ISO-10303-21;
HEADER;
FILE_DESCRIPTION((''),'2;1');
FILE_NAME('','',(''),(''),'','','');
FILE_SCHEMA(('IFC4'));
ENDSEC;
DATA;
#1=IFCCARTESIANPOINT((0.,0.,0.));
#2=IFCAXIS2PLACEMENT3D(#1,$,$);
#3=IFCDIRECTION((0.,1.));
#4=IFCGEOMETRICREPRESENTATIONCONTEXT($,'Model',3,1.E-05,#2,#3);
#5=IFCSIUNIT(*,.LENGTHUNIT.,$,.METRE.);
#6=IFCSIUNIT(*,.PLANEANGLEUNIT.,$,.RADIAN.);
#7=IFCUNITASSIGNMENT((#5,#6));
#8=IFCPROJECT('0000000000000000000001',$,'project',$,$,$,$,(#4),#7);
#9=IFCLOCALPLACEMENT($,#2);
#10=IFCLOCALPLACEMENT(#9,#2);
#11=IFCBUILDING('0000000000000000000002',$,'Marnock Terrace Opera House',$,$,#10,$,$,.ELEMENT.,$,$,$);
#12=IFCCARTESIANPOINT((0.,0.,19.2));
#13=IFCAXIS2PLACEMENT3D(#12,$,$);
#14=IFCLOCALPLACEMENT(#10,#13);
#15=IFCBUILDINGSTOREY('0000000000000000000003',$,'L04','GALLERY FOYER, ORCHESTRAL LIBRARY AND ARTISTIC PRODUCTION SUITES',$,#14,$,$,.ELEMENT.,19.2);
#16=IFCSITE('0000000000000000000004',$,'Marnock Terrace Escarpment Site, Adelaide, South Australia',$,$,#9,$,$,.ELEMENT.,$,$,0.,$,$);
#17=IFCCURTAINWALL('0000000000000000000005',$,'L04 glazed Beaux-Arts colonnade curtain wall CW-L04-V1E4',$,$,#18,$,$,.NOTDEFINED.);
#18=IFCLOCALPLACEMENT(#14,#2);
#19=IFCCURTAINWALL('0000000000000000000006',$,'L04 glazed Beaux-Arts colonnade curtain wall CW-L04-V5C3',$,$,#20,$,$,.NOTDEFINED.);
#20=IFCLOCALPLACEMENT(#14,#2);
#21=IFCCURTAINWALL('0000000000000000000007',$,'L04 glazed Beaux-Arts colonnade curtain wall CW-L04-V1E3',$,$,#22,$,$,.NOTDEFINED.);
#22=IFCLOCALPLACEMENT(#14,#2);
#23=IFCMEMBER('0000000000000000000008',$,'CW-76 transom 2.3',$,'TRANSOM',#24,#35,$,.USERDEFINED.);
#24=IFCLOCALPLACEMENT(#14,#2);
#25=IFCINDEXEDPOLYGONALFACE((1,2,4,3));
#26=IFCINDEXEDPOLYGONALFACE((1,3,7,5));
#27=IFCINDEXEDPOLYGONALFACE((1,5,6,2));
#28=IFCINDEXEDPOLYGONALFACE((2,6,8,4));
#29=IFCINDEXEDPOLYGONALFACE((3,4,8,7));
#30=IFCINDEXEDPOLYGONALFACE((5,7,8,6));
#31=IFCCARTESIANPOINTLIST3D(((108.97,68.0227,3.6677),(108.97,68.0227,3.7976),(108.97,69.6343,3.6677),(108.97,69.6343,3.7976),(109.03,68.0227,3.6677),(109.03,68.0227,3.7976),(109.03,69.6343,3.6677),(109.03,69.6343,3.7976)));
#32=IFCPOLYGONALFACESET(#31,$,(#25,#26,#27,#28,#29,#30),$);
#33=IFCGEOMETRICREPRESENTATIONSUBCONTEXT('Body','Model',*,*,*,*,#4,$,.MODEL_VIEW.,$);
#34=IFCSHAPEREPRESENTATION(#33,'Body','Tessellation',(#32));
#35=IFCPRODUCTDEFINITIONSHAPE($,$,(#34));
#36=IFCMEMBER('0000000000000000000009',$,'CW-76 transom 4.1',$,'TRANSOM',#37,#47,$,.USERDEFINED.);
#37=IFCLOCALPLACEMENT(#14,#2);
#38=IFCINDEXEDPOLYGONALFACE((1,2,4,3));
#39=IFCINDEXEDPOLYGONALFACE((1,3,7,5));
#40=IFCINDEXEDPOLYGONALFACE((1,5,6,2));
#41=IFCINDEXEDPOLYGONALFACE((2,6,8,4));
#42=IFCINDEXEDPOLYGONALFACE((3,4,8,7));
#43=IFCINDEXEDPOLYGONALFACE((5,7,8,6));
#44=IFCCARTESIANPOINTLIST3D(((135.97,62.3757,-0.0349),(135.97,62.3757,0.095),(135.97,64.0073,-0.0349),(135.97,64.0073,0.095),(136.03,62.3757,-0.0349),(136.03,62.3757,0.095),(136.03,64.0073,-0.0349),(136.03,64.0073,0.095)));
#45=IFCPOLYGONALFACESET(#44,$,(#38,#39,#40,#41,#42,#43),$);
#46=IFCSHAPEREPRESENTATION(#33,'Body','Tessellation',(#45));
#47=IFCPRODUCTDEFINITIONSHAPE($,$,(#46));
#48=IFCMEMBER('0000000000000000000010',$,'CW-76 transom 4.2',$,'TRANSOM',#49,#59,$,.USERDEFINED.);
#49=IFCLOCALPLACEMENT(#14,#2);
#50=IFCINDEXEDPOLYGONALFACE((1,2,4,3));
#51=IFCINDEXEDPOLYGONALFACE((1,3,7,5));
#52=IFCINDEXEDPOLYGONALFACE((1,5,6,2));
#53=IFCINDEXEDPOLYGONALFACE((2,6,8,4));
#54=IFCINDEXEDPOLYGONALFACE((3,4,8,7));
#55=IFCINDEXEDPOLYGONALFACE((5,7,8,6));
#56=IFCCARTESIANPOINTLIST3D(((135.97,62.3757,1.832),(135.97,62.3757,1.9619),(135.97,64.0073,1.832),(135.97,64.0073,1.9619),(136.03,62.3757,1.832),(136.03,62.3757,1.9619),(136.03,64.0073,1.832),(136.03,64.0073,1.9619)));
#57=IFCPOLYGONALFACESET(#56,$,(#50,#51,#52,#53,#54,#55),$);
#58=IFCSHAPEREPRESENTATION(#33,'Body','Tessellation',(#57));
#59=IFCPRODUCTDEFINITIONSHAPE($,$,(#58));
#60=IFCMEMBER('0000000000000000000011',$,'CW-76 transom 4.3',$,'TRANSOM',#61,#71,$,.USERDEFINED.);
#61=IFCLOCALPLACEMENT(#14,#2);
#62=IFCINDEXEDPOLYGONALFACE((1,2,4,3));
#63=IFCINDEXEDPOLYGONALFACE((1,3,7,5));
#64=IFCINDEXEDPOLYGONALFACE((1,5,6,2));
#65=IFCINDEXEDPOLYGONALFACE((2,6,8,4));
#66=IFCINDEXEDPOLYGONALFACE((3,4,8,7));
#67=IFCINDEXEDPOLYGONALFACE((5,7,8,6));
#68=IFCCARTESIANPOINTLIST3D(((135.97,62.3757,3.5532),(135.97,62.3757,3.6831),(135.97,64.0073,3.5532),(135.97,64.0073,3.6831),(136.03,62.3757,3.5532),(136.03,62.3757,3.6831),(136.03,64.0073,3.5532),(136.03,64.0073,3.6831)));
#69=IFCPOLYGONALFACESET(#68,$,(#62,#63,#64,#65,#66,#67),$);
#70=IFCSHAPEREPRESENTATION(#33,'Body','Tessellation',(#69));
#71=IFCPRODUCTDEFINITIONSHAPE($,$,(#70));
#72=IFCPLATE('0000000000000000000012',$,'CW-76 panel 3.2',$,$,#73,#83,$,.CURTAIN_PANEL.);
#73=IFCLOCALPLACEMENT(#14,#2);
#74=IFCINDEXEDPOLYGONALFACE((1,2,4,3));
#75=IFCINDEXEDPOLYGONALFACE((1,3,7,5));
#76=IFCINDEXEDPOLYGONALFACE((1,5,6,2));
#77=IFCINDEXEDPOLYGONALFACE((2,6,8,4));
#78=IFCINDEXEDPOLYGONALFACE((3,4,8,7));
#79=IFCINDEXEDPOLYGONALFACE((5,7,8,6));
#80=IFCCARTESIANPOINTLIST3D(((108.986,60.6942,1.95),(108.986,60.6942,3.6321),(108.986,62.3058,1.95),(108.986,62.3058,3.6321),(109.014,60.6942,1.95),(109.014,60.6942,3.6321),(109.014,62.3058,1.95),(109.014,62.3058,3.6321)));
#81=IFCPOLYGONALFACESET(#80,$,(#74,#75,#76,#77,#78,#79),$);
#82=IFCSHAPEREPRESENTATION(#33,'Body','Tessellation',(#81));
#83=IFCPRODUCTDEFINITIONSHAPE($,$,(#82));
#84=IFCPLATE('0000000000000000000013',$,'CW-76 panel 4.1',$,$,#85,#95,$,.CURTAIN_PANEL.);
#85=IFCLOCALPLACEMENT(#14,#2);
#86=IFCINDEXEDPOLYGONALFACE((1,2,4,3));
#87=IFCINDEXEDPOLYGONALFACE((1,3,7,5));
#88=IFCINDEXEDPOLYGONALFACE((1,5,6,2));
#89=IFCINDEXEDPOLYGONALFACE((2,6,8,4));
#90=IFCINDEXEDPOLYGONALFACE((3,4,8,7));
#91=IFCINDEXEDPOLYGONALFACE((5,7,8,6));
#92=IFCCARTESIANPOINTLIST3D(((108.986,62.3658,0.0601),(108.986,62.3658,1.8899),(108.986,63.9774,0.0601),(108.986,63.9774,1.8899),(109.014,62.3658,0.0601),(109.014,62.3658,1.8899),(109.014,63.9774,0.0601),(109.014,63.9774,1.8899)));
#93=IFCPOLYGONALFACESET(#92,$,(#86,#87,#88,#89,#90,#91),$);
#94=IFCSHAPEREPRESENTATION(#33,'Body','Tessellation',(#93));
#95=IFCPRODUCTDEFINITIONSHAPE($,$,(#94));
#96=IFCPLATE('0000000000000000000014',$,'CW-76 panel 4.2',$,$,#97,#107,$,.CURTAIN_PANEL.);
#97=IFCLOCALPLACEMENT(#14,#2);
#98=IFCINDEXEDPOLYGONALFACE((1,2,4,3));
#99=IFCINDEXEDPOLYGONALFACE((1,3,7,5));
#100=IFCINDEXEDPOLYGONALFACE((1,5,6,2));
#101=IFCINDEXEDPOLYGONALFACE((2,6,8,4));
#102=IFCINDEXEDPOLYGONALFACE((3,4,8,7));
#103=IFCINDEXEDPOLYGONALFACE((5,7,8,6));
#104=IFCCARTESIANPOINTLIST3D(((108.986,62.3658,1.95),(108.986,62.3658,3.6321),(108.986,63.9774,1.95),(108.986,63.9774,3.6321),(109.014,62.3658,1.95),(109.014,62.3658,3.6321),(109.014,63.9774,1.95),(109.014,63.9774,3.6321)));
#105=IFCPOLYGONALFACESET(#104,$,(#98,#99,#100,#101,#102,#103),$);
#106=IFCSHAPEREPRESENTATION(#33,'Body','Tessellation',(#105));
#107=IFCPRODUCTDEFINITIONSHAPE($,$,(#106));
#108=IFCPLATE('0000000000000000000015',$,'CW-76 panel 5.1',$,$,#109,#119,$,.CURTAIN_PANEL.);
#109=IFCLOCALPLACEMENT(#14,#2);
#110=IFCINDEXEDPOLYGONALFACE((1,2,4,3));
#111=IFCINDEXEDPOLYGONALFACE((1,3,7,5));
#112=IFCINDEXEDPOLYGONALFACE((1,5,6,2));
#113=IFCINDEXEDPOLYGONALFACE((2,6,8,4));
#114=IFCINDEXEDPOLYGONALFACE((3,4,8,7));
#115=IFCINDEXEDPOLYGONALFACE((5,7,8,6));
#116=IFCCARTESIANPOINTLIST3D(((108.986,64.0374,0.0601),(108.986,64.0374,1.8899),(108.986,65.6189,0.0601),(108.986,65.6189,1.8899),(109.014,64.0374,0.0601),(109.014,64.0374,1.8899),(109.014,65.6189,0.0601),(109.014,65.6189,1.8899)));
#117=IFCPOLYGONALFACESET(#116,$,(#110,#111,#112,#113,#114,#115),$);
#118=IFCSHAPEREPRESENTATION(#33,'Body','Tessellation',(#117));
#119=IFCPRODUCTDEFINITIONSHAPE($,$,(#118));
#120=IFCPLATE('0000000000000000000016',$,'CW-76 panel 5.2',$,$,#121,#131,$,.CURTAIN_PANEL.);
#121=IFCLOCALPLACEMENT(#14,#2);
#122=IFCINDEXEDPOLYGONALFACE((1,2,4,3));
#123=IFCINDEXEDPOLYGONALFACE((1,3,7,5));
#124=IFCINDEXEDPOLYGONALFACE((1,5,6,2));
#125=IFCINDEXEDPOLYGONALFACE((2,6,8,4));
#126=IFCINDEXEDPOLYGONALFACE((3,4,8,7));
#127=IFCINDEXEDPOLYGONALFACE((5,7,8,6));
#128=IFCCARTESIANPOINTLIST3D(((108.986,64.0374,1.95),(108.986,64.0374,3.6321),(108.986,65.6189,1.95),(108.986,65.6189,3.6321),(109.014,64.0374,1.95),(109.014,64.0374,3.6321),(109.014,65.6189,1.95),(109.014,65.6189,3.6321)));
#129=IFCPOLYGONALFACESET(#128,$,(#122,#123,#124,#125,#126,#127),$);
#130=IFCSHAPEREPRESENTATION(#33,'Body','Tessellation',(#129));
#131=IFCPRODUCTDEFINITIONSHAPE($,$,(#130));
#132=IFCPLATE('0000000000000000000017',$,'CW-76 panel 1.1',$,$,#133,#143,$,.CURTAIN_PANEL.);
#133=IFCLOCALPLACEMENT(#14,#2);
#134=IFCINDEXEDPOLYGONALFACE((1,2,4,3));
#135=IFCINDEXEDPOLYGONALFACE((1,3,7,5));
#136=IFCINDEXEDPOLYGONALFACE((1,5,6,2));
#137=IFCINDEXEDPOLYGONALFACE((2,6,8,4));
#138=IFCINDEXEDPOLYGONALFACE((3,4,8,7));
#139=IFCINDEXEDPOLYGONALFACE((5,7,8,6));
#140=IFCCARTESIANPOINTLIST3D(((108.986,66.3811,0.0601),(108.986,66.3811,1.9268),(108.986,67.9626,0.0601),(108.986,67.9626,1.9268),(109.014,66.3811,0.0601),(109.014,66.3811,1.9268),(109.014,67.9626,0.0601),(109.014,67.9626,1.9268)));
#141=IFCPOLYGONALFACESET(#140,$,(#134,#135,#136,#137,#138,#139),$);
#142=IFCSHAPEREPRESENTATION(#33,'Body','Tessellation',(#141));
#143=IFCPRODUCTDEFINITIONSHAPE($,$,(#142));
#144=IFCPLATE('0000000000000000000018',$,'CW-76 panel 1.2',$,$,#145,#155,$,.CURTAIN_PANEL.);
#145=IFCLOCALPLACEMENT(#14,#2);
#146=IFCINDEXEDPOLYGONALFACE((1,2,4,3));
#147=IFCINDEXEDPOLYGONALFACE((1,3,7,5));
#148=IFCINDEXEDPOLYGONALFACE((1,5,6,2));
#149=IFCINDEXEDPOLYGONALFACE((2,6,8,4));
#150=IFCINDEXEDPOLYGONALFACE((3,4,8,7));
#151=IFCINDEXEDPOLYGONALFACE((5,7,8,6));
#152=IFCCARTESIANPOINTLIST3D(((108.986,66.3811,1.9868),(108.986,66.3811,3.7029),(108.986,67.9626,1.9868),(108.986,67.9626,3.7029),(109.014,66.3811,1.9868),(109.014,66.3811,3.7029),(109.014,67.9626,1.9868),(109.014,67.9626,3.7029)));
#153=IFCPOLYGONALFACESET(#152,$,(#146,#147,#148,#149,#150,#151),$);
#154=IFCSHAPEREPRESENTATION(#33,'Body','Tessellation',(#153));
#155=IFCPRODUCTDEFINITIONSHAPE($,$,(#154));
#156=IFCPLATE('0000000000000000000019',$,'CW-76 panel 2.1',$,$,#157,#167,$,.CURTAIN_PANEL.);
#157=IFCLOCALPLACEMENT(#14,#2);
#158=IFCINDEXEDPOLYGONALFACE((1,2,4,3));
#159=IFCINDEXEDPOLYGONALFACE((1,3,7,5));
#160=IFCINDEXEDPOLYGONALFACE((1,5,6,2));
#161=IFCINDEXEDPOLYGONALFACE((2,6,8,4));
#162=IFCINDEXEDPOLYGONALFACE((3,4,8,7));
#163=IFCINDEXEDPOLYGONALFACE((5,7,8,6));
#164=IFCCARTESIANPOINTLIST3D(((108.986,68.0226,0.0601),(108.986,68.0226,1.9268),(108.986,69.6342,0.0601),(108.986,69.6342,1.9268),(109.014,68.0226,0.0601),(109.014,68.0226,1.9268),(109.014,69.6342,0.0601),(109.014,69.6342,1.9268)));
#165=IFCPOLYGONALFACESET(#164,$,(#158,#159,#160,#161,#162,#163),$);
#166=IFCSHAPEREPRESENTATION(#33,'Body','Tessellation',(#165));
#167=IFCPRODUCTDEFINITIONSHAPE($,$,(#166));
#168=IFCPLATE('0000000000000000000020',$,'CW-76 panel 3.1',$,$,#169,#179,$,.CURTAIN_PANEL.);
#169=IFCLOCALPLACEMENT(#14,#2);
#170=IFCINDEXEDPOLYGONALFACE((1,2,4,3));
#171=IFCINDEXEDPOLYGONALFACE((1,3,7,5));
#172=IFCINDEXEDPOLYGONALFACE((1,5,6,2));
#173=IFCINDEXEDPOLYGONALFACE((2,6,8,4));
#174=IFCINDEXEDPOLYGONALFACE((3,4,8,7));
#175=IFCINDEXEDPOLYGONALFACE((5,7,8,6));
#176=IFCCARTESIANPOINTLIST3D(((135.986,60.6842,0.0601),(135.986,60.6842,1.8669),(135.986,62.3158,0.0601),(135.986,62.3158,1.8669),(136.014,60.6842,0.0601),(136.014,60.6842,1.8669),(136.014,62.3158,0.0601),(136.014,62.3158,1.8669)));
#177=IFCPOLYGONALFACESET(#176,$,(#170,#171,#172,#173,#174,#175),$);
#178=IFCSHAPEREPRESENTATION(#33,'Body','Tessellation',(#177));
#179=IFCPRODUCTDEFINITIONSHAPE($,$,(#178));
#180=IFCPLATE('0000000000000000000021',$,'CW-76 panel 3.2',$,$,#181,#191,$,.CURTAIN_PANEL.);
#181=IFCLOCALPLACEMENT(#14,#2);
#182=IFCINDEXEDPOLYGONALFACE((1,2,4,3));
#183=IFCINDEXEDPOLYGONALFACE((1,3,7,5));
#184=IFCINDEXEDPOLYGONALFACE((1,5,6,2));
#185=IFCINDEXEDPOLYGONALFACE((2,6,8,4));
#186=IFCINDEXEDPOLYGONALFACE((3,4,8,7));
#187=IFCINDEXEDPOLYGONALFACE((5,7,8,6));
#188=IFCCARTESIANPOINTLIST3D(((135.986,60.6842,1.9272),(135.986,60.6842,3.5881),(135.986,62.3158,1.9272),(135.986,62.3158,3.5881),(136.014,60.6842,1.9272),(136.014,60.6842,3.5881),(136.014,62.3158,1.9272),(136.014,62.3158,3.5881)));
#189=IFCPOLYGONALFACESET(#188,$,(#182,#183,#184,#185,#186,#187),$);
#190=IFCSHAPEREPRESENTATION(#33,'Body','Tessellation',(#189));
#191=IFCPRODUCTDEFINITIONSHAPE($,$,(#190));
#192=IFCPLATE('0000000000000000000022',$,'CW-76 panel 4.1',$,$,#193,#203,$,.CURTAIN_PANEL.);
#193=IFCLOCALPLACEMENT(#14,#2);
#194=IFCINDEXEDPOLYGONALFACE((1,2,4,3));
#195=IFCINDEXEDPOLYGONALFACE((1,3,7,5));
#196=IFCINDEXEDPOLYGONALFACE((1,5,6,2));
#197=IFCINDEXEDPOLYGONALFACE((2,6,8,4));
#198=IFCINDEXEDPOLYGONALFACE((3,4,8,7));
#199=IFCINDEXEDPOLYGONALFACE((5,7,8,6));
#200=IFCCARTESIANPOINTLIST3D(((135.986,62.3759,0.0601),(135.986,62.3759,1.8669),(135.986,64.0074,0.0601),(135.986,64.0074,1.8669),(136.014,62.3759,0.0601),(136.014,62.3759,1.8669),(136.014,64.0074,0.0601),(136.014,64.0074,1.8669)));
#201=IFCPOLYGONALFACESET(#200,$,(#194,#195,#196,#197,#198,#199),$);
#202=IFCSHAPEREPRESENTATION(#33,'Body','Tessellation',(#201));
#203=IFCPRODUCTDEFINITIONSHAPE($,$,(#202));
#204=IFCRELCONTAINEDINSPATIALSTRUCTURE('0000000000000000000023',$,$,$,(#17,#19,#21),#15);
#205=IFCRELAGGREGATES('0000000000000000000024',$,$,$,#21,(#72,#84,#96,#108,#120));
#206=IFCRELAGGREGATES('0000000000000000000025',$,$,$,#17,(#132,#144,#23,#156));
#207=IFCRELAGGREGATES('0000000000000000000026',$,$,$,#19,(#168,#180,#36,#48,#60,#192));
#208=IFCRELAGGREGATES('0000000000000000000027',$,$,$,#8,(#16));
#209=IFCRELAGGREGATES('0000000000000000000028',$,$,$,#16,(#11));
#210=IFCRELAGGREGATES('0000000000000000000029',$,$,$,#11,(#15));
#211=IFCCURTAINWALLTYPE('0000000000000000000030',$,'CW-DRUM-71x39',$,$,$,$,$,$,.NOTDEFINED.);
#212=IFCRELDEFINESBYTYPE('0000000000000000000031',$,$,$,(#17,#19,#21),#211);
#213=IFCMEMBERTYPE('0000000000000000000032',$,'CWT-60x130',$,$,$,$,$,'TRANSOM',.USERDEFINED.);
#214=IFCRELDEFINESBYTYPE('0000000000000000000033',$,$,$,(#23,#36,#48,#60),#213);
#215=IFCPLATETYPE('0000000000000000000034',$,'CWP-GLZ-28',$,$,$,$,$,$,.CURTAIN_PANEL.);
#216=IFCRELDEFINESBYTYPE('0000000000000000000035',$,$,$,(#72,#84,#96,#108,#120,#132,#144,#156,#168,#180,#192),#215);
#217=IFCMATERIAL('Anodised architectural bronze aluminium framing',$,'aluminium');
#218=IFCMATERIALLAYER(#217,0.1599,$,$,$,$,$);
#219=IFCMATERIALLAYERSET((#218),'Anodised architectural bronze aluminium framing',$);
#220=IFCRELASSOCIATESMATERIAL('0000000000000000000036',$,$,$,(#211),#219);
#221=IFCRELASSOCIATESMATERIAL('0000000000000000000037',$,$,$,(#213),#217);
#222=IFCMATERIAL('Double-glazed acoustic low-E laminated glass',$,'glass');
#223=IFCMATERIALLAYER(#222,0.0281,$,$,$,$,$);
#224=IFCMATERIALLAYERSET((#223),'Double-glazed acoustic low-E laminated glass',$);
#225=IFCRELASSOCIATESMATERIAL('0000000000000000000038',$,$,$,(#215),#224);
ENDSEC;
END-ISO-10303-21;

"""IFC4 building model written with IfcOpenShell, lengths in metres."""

from ifc_helpers import new_model, si_unit, direction, frame, origin, origin_2d, place, context, subcontext, project, spatial, rectangle, extrude, material, layer, layer_set, material_profile, profile_set, type_object, element, aggregate, save


model = new_model("IFC4")

# Units and contexts
model_context = context("Model", 3, precision=1e-05, world=origin(), true_north=direction((0.0, 1.0)))
body_context = subcontext(model_context, "Body", "Model", "MODEL_VIEW")
ifc_project = project(units=[si_unit("LENGTHUNIT", "METRE"), si_unit("PLANEANGLEUNIT", "RADIAN")], contexts=[model_context])

# Site, building, storey
site_placement = place(None, origin())
site = spatial("IfcSite", under=ifc_project, at=site_placement, Name="Marnock Terrace Escarpment Site, Adelaide, South Australia", CompositionType="ELEMENT", RefElevation=0.0)
building_placement = place(site_placement, origin())
building = spatial("IfcBuilding", under=site, at=building_placement, Name="Marnock Terrace Opera House", CompositionType="ELEMENT")
storey_placement = place(building_placement, frame((0.0, 0.0, 19.2)))
storey = spatial("IfcBuildingStorey", under=building, at=storey_placement, Name="L04", Description="GALLERY FOYER, ORCHESTRAL LIBRARY AND ARTISTIC PRODUCTION SUITES", CompositionType="ELEMENT", Elevation=19.2)

# Curtain walls
ifc_material_1 = material(Name="Anodised architectural bronze aluminium framing", Category="aluminium")
ifc_layer_1 = layer(ifc_material_1, 0.1599)
ifc_layer_set_1 = layer_set([ifc_layer_1], Name="Anodised architectural bronze aluminium framing")
curtain_wall_type = type_object("IfcCurtainWallType", Name="CW-DRUM-71x39", PredefinedType="NOTDEFINED", material=ifc_layer_set_1)
curtain_wall_1_placement = place(storey_placement, origin())
curtain_wall_1 = element("IfcCurtainWall", 1, at=curtain_wall_1_placement, inside=storey, type_object=curtain_wall_type, Name="L04 glazed Beaux-Arts colonnade curtain wall CW-L04-V1E4", PredefinedType="NOTDEFINED")
curtain_wall_2_placement = place(storey_placement, origin())
curtain_wall_2 = element("IfcCurtainWall", 2, at=curtain_wall_2_placement, inside=storey, type_object=curtain_wall_type, Name="L04 glazed Beaux-Arts colonnade curtain wall CW-L04-V5C3", PredefinedType="NOTDEFINED")
curtain_wall_3_placement = place(storey_placement, origin())
curtain_wall_3 = element("IfcCurtainWall", 3, at=curtain_wall_3_placement, inside=storey, type_object=curtain_wall_type, Name="L04 glazed Beaux-Arts colonnade curtain wall CW-L04-V1E3", PredefinedType="NOTDEFINED")
ifc_material_profile_1 = material_profile(ifc_material_1, rectangle(XDim=0.0601, YDim=0.1299, at=origin_2d()))
ifc_profile_set_1 = profile_set([ifc_material_profile_1], Name="Anodised architectural bronze aluminium framing")
member_type_1 = type_object("IfcMemberType", Name="CWT-60x130", ElementType="TRANSOM", PredefinedType="USERDEFINED", material=ifc_profile_set_1)

# Members
member_1_placement = place(storey_placement, frame((109.0, 68.0227, 3.7327), z_axis=(0.0, 1.0, 0.0), x_axis=(-1.0, 0.0, 0.0)))
member_1 = element("IfcMember", 4, at=member_1_placement, type_object=member_type_1, Name="CW-76 transom 2.3", ObjectType="TRANSOM", PredefinedType="USERDEFINED", context=body_context, shape_type="SweptSolid", body=[
    extrude(rectangle(XDim=0.0601, YDim=0.1299, at=origin_2d()), origin(), (0.0, 0.0, 1.0), 1.6116),
])
member_2_placement = place(storey_placement, frame((136.0, 62.3757, 0.03), z_axis=(0.0, 1.0, 0.0), x_axis=(-1.0, 0.0, 0.0)))
member_2 = element("IfcMember", 5, at=member_2_placement, type_object=member_type_1, Name="CW-76 transom 4.1", ObjectType="TRANSOM", PredefinedType="USERDEFINED", context=body_context, shape_type="SweptSolid", body=[
    extrude(rectangle(XDim=0.0601, YDim=0.1299, at=origin_2d()), origin(), (0.0, 0.0, 1.0), 1.6316),
])
member_3_placement = place(storey_placement, frame((136.0, 62.3757, 1.897), z_axis=(0.0, 1.0, 0.0), x_axis=(-1.0, 0.0, 0.0)))
member_3 = element("IfcMember", 6, at=member_3_placement, type_object=member_type_1, Name="CW-76 transom 4.2", ObjectType="TRANSOM", PredefinedType="USERDEFINED", context=body_context, shape_type="SweptSolid", body=[
    extrude(rectangle(XDim=0.0601, YDim=0.1299, at=origin_2d()), origin(), (0.0, 0.0, 1.0), 1.6316),
])
member_4_placement = place(storey_placement, frame((136.0, 62.3757, 3.6182), z_axis=(0.0, 1.0, 0.0), x_axis=(-1.0, 0.0, 0.0)))
member_4 = element("IfcMember", 7, at=member_4_placement, type_object=member_type_1, Name="CW-76 transom 4.3", ObjectType="TRANSOM", PredefinedType="USERDEFINED", context=body_context, shape_type="SweptSolid", body=[
    extrude(rectangle(XDim=0.0601, YDim=0.1299, at=origin_2d()), origin(), (0.0, 0.0, 1.0), 1.6316),
])

# Plates
ifc_material_2 = material(Name="Double-glazed acoustic low-E laminated glass", Category="glass")
ifc_layer_2 = layer(ifc_material_2, 0.0281)
ifc_layer_set_2 = layer_set([ifc_layer_2], Name="Double-glazed acoustic low-E laminated glass")
plate_type = type_object("IfcPlateType", Name="CWP-GLZ-28", PredefinedType="CURTAIN_PANEL", material=ifc_layer_set_2)
plate_1_placement = place(storey_placement, frame((109.0, 61.5, 1.95), z_axis=(0.0, 0.0, 1.0), x_axis=(0.0, 1.0, 0.0)))
plate_1 = element("IfcPlate", 8, at=plate_1_placement, type_object=plate_type, Name="CW-76 panel 3.2", PredefinedType="CURTAIN_PANEL", context=body_context, shape_type="SweptSolid", body=[
    extrude(rectangle(XDim=1.6116, YDim=0.0281, at=origin_2d()), origin(), (0.0, 0.0, 1.0), 1.6821),
])
plate_2_placement = place(storey_placement, frame((109.0, 63.1716, 0.0601), z_axis=(0.0, 0.0, 1.0), x_axis=(0.0, 1.0, 0.0)))
plate_2 = element("IfcPlate", 9, at=plate_2_placement, type_object=plate_type, Name="CW-76 panel 4.1", PredefinedType="CURTAIN_PANEL", context=body_context, shape_type="SweptSolid", body=[
    extrude(rectangle(XDim=1.6116, YDim=0.0281, at=origin_2d()), origin(), (0.0, 0.0, 1.0), 1.8298),
])
plate_3_placement = place(storey_placement, frame((109.0, 63.1716, 1.95), z_axis=(0.0, 0.0, 1.0), x_axis=(0.0, 1.0, 0.0)))
plate_3 = element("IfcPlate", 10, at=plate_3_placement, type_object=plate_type, Name="CW-76 panel 4.2", PredefinedType="CURTAIN_PANEL", context=body_context, shape_type="SweptSolid", body=[
    extrude(rectangle(XDim=1.6116, YDim=0.0281, at=origin_2d()), origin(), (0.0, 0.0, 1.0), 1.6821),
])
plate_4_placement = place(storey_placement, frame((109.0, 64.8281, 0.0601), z_axis=(0.0, 0.0, 1.0), x_axis=(0.0, 1.0, 0.0)))
plate_4 = element("IfcPlate", 11, at=plate_4_placement, type_object=plate_type, Name="CW-76 panel 5.1", PredefinedType="CURTAIN_PANEL", context=body_context, shape_type="SweptSolid", body=[
    extrude(rectangle(XDim=1.5815, YDim=0.0281, at=origin_2d()), origin(), (0.0, 0.0, 1.0), 1.8298),
])
plate_5_placement = place(storey_placement, frame((109.0, 64.8281, 1.95), z_axis=(0.0, 0.0, 1.0), x_axis=(0.0, 1.0, 0.0)))
plate_5 = element("IfcPlate", 12, at=plate_5_placement, type_object=plate_type, Name="CW-76 panel 5.2", PredefinedType="CURTAIN_PANEL", context=body_context, shape_type="SweptSolid", body=[
    extrude(rectangle(XDim=1.5815, YDim=0.0281, at=origin_2d()), origin(), (0.0, 0.0, 1.0), 1.6821),
])
aggregate(curtain_wall_3, [plate_1, plate_2, plate_3, plate_4, plate_5])
plate_6_placement = place(storey_placement, frame((109.0, 67.1719, 0.0601), z_axis=(0.0, 0.0, 1.0), x_axis=(0.0, 1.0, 0.0)))
plate_6 = element("IfcPlate", 13, at=plate_6_placement, type_object=plate_type, Name="CW-76 panel 1.1", PredefinedType="CURTAIN_PANEL", context=body_context, shape_type="SweptSolid", body=[
    extrude(rectangle(XDim=1.5815, YDim=0.0281, at=origin_2d()), origin(), (0.0, 0.0, 1.0), 1.8667),
])
plate_7_placement = place(storey_placement, frame((109.0, 67.1719, 1.9868), z_axis=(0.0, 0.0, 1.0), x_axis=(0.0, 1.0, 0.0)))
plate_7 = element("IfcPlate", 14, at=plate_7_placement, type_object=plate_type, Name="CW-76 panel 1.2", PredefinedType="CURTAIN_PANEL", context=body_context, shape_type="SweptSolid", body=[
    extrude(rectangle(XDim=1.5815, YDim=0.0281, at=origin_2d()), origin(), (0.0, 0.0, 1.0), 1.7161),
])
plate_8_placement = place(storey_placement, frame((109.0, 68.8284, 0.0601), z_axis=(0.0, 0.0, 1.0), x_axis=(0.0, 1.0, 0.0)))
plate_8 = element("IfcPlate", 15, at=plate_8_placement, type_object=plate_type, Name="CW-76 panel 2.1", PredefinedType="CURTAIN_PANEL", context=body_context, shape_type="SweptSolid", body=[
    extrude(rectangle(XDim=1.6116, YDim=0.0281, at=origin_2d()), origin(), (0.0, 0.0, 1.0), 1.8667),
])
aggregate(curtain_wall_1, [plate_6, plate_7, member_1, plate_8])
plate_9_placement = place(storey_placement, frame((136.0, 61.5, 0.0601), z_axis=(0.0, 0.0, 1.0), x_axis=(0.0, 1.0, 0.0)))
plate_9 = element("IfcPlate", 16, at=plate_9_placement, type_object=plate_type, Name="CW-76 panel 3.1", PredefinedType="CURTAIN_PANEL", context=body_context, shape_type="SweptSolid", body=[
    extrude(rectangle(XDim=1.6316, YDim=0.0281, at=origin_2d()), origin(), (0.0, 0.0, 1.0), 1.8069),
])
plate_10_placement = place(storey_placement, frame((136.0, 61.5, 1.9272), z_axis=(0.0, 0.0, 1.0), x_axis=(0.0, 1.0, 0.0)))
plate_10 = element("IfcPlate", 17, at=plate_10_placement, type_object=plate_type, Name="CW-76 panel 3.2", PredefinedType="CURTAIN_PANEL", context=body_context, shape_type="SweptSolid", body=[
    extrude(rectangle(XDim=1.6316, YDim=0.0281, at=origin_2d()), origin(), (0.0, 0.0, 1.0), 1.6609),
])
plate_11_placement = place(storey_placement, frame((136.0, 63.1917, 0.0601), z_axis=(0.0, 0.0, 1.0), x_axis=(0.0, 1.0, 0.0)))
plate_11 = element("IfcPlate", 18, at=plate_11_placement, type_object=plate_type, Name="CW-76 panel 4.1", PredefinedType="CURTAIN_PANEL", context=body_context, shape_type="SweptSolid", body=[
    extrude(rectangle(XDim=1.6316, YDim=0.0281, at=origin_2d()), origin(), (0.0, 0.0, 1.0), 1.8069),
])
aggregate(curtain_wall_2, [plate_9, plate_10, member_2, member_3, member_4, plate_11])

save(model, "model.ifc")
